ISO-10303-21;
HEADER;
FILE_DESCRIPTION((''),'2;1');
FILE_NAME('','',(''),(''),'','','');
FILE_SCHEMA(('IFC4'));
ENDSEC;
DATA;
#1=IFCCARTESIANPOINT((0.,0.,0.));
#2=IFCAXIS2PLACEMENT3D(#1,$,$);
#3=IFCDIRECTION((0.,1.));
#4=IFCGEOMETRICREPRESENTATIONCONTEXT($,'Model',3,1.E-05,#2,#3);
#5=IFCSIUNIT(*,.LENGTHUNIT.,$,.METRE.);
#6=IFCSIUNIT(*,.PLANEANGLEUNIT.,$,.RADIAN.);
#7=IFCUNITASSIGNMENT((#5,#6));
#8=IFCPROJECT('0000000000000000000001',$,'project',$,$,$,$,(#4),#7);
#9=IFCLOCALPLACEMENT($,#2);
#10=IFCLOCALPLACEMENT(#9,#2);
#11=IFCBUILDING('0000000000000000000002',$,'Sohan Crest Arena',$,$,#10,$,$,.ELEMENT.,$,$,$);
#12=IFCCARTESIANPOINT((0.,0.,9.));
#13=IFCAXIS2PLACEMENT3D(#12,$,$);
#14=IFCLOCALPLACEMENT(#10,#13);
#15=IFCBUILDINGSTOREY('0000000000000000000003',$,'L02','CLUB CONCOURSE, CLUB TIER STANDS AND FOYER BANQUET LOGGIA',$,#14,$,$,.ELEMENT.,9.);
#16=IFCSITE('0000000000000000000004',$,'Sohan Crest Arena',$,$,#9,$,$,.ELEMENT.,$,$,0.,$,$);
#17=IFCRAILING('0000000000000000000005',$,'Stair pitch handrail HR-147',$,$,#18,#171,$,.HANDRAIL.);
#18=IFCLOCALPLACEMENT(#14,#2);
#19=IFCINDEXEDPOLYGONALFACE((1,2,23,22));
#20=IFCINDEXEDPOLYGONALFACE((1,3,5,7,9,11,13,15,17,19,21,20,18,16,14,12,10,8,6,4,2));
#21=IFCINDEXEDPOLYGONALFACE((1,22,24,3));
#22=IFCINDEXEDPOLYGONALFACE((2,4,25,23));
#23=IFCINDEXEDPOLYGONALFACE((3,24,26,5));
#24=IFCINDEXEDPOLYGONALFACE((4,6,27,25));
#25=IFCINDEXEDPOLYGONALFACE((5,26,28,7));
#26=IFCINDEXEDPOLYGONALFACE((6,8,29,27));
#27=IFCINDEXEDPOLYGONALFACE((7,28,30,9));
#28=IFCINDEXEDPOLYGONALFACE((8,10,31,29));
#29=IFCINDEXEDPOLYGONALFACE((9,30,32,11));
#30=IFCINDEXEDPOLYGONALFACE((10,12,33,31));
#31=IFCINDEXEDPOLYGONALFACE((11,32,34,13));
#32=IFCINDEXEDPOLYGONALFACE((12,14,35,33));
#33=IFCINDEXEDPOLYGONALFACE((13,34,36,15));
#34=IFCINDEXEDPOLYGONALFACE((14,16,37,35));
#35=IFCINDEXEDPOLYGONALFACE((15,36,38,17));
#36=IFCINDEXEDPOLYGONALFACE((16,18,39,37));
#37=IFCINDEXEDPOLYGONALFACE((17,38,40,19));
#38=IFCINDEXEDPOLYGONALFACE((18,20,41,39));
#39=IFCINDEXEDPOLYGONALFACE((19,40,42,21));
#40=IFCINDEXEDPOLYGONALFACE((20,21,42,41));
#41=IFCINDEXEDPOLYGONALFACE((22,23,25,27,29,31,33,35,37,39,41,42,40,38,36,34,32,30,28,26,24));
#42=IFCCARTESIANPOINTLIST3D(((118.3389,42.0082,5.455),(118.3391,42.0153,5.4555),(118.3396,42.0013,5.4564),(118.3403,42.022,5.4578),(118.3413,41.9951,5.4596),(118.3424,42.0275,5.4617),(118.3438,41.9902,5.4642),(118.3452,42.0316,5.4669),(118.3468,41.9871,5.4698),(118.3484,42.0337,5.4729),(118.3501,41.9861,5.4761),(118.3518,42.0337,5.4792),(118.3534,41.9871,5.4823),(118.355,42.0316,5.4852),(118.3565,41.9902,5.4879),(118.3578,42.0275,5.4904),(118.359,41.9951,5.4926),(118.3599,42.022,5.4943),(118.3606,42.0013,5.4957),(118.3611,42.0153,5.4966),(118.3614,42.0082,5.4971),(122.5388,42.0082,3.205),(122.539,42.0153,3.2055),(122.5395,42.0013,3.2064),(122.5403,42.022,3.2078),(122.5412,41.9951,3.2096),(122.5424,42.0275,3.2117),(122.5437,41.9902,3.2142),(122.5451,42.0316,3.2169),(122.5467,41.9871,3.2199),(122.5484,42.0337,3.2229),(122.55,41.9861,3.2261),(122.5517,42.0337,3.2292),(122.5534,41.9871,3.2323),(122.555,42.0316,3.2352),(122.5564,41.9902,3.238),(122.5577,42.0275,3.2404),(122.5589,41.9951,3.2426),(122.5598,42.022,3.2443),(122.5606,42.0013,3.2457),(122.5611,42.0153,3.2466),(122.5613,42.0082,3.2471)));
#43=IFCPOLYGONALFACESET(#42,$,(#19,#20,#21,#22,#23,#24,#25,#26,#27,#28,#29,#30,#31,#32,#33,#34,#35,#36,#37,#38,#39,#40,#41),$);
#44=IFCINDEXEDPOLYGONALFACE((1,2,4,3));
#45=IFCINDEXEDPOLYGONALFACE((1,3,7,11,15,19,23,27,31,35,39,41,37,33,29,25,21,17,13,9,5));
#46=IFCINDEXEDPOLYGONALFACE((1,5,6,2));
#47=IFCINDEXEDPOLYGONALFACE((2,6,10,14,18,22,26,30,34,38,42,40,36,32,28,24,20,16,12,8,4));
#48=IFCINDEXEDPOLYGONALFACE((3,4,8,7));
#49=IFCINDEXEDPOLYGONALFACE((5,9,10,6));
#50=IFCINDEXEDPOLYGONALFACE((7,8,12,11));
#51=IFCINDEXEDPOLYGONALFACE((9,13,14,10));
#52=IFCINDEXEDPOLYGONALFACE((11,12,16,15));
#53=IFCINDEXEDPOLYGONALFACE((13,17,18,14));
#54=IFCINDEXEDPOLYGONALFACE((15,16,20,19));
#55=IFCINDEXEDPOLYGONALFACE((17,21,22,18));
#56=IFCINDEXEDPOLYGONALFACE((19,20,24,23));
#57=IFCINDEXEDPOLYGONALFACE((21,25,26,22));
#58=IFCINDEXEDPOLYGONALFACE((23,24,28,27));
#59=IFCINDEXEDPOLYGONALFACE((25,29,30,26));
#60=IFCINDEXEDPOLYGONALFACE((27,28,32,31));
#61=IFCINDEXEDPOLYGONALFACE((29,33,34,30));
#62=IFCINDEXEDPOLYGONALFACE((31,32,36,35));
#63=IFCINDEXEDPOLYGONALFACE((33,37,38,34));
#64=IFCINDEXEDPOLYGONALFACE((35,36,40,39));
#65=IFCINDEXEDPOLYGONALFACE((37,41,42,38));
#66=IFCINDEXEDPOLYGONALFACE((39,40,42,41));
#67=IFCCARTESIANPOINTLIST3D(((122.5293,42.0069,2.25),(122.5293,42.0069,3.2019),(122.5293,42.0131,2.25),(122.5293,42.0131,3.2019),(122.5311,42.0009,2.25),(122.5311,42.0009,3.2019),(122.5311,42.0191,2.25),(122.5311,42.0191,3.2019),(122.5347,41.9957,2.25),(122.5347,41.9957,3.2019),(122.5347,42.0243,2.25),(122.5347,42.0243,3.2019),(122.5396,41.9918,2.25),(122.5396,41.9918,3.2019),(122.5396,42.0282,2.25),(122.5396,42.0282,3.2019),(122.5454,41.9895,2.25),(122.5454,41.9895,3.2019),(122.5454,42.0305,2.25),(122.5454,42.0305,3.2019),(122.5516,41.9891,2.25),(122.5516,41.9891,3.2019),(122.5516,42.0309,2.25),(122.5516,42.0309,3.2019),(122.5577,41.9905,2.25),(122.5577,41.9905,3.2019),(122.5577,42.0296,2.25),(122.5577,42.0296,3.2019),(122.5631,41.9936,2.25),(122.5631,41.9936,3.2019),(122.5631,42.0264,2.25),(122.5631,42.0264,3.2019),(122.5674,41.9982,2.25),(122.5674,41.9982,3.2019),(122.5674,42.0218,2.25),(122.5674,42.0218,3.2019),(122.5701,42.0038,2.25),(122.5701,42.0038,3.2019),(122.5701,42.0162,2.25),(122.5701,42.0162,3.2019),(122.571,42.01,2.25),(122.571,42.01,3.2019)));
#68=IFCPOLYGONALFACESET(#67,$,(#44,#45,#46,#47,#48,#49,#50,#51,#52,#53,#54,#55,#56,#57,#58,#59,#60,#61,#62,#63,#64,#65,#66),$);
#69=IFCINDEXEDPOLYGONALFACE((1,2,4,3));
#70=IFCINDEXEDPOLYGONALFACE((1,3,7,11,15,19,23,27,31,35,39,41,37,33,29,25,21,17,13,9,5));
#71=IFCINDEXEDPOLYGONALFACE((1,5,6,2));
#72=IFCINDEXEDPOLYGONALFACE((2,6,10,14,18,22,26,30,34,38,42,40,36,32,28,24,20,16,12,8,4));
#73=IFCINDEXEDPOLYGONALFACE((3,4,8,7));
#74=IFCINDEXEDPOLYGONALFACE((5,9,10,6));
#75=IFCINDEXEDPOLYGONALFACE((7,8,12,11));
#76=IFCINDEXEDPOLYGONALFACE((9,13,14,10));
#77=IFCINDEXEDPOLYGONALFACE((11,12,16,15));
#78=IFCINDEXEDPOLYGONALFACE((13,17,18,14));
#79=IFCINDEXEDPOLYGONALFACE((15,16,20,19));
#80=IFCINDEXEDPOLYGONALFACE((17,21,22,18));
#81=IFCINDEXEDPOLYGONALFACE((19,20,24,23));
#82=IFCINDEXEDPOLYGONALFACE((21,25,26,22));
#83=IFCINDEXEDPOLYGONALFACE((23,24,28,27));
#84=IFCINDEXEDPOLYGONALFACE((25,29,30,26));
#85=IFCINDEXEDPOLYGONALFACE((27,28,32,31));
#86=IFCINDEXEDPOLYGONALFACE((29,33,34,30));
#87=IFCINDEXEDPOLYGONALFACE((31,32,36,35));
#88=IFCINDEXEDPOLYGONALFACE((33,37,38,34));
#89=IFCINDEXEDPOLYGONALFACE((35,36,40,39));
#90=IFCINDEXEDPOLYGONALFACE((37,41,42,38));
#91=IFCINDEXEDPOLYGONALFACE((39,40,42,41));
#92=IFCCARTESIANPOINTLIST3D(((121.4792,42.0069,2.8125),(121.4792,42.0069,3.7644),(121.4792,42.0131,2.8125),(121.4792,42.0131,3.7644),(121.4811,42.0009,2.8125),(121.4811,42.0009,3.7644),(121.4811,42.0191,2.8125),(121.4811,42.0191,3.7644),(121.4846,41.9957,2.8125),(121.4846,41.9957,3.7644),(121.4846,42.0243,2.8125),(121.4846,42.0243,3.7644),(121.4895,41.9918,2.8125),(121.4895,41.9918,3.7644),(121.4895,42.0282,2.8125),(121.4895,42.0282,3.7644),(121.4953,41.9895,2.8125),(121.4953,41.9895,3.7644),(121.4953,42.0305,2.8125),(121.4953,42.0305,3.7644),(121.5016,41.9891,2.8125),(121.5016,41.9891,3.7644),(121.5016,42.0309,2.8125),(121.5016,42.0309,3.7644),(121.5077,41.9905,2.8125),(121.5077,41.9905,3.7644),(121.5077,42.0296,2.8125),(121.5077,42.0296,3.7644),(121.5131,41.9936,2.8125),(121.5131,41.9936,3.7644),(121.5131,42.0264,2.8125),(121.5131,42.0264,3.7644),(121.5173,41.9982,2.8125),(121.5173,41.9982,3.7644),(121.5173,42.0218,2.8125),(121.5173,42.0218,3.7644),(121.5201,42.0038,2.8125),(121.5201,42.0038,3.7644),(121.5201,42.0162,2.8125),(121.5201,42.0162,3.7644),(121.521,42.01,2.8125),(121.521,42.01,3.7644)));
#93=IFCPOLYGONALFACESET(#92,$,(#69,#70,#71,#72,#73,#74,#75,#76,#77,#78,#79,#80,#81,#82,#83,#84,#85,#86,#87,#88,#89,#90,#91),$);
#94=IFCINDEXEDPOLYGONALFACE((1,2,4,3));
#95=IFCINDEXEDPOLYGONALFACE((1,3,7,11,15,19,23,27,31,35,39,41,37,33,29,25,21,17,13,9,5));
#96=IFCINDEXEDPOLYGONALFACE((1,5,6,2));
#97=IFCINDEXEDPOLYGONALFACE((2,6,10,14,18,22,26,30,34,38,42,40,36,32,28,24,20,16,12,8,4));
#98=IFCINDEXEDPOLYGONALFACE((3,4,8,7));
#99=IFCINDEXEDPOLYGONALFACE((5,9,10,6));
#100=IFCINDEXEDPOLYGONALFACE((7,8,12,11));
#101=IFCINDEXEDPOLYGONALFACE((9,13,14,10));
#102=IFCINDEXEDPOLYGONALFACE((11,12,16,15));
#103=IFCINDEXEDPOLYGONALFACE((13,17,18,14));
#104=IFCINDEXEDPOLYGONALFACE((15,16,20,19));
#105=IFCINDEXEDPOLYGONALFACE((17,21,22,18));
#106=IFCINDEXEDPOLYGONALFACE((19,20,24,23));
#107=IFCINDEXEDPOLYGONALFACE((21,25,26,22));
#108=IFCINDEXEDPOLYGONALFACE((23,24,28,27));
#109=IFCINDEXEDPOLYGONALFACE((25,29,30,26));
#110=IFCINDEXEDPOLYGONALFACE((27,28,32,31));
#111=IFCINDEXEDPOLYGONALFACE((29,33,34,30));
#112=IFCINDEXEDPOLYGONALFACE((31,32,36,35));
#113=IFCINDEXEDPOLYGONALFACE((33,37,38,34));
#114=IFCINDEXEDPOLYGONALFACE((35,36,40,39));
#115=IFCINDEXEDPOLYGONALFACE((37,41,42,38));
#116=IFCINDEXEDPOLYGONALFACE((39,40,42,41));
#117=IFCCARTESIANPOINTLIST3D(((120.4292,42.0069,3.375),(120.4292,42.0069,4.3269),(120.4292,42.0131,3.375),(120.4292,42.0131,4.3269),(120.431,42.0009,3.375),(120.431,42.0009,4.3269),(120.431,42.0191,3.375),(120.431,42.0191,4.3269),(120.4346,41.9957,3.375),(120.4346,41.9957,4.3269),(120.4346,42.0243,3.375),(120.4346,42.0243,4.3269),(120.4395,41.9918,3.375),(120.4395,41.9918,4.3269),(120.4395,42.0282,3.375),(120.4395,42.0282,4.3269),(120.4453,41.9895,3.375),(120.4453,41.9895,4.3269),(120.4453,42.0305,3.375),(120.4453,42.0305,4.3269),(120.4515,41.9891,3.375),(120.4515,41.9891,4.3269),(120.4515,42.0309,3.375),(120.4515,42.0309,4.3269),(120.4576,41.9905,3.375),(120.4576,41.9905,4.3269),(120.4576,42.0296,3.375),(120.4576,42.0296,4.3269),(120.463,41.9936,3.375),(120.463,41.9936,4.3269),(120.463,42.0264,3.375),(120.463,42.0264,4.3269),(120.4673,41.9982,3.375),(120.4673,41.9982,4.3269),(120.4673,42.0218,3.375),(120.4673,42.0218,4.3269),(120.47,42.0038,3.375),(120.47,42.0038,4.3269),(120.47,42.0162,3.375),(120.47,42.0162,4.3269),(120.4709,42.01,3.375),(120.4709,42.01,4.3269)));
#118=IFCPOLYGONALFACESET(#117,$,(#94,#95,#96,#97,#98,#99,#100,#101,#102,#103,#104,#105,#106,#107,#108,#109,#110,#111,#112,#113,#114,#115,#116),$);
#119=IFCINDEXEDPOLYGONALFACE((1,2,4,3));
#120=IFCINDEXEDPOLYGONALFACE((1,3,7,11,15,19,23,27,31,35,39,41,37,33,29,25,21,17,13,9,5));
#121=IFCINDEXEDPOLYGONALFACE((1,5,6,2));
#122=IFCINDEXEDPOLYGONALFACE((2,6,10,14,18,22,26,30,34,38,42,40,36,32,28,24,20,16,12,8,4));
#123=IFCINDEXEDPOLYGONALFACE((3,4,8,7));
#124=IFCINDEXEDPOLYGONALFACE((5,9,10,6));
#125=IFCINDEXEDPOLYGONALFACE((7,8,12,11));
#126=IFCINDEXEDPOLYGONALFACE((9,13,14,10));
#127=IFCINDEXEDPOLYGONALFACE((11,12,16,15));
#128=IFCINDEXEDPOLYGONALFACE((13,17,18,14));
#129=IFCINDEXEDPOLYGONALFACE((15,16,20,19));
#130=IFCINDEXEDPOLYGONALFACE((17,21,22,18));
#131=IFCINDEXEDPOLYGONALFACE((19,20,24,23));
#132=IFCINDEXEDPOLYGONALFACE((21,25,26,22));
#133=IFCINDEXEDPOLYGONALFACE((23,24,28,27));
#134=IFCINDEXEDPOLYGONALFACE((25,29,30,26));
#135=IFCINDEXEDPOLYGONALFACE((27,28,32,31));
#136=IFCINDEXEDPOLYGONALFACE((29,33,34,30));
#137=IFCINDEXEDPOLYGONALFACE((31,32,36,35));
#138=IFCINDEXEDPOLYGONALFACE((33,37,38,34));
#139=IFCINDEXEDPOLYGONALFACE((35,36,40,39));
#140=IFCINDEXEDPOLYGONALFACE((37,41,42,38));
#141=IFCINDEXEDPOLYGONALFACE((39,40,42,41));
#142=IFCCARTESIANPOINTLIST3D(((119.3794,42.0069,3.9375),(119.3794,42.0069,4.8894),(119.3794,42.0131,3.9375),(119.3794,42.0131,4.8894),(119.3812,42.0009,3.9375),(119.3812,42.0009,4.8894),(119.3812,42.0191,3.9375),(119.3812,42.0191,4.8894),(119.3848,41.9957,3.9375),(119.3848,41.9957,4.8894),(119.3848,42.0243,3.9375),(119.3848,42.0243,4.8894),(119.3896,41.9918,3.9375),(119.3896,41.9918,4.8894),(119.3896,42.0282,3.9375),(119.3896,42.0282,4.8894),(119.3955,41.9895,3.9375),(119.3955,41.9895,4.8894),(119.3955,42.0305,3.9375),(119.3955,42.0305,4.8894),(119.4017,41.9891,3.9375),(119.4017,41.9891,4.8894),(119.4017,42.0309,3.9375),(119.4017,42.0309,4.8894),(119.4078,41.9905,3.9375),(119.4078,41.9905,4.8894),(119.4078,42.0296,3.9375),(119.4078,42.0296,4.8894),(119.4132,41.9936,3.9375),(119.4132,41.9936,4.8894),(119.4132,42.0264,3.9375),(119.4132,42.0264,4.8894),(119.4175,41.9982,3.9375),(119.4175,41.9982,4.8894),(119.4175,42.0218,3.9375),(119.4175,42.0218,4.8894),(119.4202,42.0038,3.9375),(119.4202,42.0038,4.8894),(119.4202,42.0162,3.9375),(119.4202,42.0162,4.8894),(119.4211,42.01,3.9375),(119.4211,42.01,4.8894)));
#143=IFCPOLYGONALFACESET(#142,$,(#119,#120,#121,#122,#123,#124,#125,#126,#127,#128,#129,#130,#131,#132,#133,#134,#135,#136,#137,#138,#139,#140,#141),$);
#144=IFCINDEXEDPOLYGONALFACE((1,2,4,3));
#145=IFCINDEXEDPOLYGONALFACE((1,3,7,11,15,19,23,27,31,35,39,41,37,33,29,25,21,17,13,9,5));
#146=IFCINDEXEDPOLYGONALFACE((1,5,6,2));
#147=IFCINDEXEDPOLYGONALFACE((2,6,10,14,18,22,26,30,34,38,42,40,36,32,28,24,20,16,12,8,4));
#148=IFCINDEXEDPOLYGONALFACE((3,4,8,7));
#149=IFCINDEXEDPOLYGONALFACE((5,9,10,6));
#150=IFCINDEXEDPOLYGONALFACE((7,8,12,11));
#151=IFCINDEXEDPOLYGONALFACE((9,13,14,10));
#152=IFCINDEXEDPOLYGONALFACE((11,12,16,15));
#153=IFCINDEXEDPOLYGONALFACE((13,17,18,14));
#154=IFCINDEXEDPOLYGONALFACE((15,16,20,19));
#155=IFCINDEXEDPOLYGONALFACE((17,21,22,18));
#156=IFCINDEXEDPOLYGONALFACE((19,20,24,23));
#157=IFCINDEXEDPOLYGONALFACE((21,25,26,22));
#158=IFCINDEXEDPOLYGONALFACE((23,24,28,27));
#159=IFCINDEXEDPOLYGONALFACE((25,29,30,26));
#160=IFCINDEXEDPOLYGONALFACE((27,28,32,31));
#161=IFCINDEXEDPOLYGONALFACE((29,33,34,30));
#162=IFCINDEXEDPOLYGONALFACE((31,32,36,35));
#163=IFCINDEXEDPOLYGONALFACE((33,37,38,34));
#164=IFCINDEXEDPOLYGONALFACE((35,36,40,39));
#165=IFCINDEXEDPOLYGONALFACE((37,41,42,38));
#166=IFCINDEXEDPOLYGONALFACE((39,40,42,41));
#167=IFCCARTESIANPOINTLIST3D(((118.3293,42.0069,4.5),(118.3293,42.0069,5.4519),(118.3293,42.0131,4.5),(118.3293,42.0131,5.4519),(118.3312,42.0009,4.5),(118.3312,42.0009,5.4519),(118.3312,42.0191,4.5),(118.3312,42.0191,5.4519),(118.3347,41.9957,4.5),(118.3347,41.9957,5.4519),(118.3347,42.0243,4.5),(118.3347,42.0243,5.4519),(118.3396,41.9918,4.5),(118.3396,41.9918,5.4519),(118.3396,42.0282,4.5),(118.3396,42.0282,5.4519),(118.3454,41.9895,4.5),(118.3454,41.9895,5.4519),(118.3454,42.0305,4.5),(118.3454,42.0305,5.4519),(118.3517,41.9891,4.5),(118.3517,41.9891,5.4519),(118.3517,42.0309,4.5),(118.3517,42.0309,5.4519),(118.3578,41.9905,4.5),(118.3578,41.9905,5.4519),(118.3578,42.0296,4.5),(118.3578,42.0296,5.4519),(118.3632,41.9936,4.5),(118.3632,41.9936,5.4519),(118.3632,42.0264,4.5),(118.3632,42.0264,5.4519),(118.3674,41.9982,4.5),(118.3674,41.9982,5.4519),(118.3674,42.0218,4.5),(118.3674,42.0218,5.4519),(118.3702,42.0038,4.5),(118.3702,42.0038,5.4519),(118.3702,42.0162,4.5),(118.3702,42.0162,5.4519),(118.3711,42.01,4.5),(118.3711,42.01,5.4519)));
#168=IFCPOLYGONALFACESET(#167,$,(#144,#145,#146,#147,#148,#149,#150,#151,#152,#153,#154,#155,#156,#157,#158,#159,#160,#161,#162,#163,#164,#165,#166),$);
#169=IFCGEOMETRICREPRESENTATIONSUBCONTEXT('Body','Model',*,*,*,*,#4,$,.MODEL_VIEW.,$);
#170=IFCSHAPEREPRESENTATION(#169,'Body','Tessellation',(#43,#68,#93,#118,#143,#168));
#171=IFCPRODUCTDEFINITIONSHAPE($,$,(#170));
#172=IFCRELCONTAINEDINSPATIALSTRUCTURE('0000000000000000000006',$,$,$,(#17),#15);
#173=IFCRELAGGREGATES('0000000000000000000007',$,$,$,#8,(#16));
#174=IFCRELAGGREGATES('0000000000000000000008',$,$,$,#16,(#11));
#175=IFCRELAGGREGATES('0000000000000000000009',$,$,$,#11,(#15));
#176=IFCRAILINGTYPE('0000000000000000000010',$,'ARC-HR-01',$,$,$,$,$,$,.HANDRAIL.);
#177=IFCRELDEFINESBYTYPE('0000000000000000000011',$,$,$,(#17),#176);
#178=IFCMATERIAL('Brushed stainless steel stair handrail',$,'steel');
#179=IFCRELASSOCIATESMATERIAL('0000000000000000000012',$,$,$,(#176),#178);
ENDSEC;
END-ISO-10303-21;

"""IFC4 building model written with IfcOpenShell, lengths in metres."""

from ifc_helpers import new_model, si_unit, direction, frame, origin, origin_2d, place, context, subcontext, project, spatial, circle, extrude, material, type_object, element, save


model = new_model("IFC4")

# Units and contexts
model_context = context("Model", 3, precision=1e-05, world=origin(), true_north=direction((0.0, 1.0)))
body_context = subcontext(model_context, "Body", "Model", "MODEL_VIEW")
ifc_project = project(units=[si_unit("LENGTHUNIT", "METRE"), si_unit("PLANEANGLEUNIT", "RADIAN")], contexts=[model_context])

# Site, building, storey
site_placement = place(None, origin())
site = spatial("IfcSite", under=ifc_project, at=site_placement, Name="Sohan Crest Arena", CompositionType="ELEMENT", RefElevation=0.0)
building_placement = place(site_placement, origin())
building = spatial("IfcBuilding", under=site, at=building_placement, Name="Sohan Crest Arena", CompositionType="ELEMENT")
storey_placement = place(building_placement, frame((0.0, 0.0, 9.0)))
storey = spatial("IfcBuildingStorey", under=building, at=storey_placement, Name="L02", Description="CLUB CONCOURSE, CLUB TIER STANDS AND FOYER BANQUET LOGGIA", CompositionType="ELEMENT", Elevation=9.0)

# Railing
ifc_material_1 = material(Name="Brushed stainless steel stair handrail", Category="steel")
railing_type_1 = type_object("IfcRailingType", Name="ARC-HR-01", PredefinedType="HANDRAIL", material=ifc_material_1)
railing_1_placement = place(storey_placement, frame((122.55, 42.01, 2.25)))
element("IfcRailing", 1, at=railing_1_placement, inside=storey, type_object=railing_type_1, Name="Stair pitch handrail HR-147", PredefinedType="HANDRAIL", context=body_context, shape_type="SweptSolid", body=[
    extrude(circle(Radius=0.0239, at=origin_2d()), frame((0.0, 0.0, 0.9761), z_axis=(-0.881478, 0.0, 0.472226), x_axis=(0.0, -1.0, 0.0)), (0.0, 0.0, 1.0), 4.7646),
    extrude(circle(Radius=0.021, at=origin_2d()), origin(), (0.0, 0.0, 1.0), 0.9519),
    extrude(circle(Radius=0.021, at=origin_2d()), frame((-1.05, 0.0, 0.5625)), (0.0, 0.0, 1.0), 0.9519),
    extrude(circle(Radius=0.021, at=origin_2d()), frame((-2.1001, 0.0, 1.125)), (0.0, 0.0, 1.0), 0.9519),
    extrude(circle(Radius=0.021, at=origin_2d()), frame((-3.1499, 0.0, 1.6875)), (0.0, 0.0, 1.0), 0.9519),
    extrude(circle(Radius=0.021, at=origin_2d()), frame((-4.2, 0.0, 2.25)), (0.0, 0.0, 1.0), 0.9519),
])

save(model, "model.ifc")
